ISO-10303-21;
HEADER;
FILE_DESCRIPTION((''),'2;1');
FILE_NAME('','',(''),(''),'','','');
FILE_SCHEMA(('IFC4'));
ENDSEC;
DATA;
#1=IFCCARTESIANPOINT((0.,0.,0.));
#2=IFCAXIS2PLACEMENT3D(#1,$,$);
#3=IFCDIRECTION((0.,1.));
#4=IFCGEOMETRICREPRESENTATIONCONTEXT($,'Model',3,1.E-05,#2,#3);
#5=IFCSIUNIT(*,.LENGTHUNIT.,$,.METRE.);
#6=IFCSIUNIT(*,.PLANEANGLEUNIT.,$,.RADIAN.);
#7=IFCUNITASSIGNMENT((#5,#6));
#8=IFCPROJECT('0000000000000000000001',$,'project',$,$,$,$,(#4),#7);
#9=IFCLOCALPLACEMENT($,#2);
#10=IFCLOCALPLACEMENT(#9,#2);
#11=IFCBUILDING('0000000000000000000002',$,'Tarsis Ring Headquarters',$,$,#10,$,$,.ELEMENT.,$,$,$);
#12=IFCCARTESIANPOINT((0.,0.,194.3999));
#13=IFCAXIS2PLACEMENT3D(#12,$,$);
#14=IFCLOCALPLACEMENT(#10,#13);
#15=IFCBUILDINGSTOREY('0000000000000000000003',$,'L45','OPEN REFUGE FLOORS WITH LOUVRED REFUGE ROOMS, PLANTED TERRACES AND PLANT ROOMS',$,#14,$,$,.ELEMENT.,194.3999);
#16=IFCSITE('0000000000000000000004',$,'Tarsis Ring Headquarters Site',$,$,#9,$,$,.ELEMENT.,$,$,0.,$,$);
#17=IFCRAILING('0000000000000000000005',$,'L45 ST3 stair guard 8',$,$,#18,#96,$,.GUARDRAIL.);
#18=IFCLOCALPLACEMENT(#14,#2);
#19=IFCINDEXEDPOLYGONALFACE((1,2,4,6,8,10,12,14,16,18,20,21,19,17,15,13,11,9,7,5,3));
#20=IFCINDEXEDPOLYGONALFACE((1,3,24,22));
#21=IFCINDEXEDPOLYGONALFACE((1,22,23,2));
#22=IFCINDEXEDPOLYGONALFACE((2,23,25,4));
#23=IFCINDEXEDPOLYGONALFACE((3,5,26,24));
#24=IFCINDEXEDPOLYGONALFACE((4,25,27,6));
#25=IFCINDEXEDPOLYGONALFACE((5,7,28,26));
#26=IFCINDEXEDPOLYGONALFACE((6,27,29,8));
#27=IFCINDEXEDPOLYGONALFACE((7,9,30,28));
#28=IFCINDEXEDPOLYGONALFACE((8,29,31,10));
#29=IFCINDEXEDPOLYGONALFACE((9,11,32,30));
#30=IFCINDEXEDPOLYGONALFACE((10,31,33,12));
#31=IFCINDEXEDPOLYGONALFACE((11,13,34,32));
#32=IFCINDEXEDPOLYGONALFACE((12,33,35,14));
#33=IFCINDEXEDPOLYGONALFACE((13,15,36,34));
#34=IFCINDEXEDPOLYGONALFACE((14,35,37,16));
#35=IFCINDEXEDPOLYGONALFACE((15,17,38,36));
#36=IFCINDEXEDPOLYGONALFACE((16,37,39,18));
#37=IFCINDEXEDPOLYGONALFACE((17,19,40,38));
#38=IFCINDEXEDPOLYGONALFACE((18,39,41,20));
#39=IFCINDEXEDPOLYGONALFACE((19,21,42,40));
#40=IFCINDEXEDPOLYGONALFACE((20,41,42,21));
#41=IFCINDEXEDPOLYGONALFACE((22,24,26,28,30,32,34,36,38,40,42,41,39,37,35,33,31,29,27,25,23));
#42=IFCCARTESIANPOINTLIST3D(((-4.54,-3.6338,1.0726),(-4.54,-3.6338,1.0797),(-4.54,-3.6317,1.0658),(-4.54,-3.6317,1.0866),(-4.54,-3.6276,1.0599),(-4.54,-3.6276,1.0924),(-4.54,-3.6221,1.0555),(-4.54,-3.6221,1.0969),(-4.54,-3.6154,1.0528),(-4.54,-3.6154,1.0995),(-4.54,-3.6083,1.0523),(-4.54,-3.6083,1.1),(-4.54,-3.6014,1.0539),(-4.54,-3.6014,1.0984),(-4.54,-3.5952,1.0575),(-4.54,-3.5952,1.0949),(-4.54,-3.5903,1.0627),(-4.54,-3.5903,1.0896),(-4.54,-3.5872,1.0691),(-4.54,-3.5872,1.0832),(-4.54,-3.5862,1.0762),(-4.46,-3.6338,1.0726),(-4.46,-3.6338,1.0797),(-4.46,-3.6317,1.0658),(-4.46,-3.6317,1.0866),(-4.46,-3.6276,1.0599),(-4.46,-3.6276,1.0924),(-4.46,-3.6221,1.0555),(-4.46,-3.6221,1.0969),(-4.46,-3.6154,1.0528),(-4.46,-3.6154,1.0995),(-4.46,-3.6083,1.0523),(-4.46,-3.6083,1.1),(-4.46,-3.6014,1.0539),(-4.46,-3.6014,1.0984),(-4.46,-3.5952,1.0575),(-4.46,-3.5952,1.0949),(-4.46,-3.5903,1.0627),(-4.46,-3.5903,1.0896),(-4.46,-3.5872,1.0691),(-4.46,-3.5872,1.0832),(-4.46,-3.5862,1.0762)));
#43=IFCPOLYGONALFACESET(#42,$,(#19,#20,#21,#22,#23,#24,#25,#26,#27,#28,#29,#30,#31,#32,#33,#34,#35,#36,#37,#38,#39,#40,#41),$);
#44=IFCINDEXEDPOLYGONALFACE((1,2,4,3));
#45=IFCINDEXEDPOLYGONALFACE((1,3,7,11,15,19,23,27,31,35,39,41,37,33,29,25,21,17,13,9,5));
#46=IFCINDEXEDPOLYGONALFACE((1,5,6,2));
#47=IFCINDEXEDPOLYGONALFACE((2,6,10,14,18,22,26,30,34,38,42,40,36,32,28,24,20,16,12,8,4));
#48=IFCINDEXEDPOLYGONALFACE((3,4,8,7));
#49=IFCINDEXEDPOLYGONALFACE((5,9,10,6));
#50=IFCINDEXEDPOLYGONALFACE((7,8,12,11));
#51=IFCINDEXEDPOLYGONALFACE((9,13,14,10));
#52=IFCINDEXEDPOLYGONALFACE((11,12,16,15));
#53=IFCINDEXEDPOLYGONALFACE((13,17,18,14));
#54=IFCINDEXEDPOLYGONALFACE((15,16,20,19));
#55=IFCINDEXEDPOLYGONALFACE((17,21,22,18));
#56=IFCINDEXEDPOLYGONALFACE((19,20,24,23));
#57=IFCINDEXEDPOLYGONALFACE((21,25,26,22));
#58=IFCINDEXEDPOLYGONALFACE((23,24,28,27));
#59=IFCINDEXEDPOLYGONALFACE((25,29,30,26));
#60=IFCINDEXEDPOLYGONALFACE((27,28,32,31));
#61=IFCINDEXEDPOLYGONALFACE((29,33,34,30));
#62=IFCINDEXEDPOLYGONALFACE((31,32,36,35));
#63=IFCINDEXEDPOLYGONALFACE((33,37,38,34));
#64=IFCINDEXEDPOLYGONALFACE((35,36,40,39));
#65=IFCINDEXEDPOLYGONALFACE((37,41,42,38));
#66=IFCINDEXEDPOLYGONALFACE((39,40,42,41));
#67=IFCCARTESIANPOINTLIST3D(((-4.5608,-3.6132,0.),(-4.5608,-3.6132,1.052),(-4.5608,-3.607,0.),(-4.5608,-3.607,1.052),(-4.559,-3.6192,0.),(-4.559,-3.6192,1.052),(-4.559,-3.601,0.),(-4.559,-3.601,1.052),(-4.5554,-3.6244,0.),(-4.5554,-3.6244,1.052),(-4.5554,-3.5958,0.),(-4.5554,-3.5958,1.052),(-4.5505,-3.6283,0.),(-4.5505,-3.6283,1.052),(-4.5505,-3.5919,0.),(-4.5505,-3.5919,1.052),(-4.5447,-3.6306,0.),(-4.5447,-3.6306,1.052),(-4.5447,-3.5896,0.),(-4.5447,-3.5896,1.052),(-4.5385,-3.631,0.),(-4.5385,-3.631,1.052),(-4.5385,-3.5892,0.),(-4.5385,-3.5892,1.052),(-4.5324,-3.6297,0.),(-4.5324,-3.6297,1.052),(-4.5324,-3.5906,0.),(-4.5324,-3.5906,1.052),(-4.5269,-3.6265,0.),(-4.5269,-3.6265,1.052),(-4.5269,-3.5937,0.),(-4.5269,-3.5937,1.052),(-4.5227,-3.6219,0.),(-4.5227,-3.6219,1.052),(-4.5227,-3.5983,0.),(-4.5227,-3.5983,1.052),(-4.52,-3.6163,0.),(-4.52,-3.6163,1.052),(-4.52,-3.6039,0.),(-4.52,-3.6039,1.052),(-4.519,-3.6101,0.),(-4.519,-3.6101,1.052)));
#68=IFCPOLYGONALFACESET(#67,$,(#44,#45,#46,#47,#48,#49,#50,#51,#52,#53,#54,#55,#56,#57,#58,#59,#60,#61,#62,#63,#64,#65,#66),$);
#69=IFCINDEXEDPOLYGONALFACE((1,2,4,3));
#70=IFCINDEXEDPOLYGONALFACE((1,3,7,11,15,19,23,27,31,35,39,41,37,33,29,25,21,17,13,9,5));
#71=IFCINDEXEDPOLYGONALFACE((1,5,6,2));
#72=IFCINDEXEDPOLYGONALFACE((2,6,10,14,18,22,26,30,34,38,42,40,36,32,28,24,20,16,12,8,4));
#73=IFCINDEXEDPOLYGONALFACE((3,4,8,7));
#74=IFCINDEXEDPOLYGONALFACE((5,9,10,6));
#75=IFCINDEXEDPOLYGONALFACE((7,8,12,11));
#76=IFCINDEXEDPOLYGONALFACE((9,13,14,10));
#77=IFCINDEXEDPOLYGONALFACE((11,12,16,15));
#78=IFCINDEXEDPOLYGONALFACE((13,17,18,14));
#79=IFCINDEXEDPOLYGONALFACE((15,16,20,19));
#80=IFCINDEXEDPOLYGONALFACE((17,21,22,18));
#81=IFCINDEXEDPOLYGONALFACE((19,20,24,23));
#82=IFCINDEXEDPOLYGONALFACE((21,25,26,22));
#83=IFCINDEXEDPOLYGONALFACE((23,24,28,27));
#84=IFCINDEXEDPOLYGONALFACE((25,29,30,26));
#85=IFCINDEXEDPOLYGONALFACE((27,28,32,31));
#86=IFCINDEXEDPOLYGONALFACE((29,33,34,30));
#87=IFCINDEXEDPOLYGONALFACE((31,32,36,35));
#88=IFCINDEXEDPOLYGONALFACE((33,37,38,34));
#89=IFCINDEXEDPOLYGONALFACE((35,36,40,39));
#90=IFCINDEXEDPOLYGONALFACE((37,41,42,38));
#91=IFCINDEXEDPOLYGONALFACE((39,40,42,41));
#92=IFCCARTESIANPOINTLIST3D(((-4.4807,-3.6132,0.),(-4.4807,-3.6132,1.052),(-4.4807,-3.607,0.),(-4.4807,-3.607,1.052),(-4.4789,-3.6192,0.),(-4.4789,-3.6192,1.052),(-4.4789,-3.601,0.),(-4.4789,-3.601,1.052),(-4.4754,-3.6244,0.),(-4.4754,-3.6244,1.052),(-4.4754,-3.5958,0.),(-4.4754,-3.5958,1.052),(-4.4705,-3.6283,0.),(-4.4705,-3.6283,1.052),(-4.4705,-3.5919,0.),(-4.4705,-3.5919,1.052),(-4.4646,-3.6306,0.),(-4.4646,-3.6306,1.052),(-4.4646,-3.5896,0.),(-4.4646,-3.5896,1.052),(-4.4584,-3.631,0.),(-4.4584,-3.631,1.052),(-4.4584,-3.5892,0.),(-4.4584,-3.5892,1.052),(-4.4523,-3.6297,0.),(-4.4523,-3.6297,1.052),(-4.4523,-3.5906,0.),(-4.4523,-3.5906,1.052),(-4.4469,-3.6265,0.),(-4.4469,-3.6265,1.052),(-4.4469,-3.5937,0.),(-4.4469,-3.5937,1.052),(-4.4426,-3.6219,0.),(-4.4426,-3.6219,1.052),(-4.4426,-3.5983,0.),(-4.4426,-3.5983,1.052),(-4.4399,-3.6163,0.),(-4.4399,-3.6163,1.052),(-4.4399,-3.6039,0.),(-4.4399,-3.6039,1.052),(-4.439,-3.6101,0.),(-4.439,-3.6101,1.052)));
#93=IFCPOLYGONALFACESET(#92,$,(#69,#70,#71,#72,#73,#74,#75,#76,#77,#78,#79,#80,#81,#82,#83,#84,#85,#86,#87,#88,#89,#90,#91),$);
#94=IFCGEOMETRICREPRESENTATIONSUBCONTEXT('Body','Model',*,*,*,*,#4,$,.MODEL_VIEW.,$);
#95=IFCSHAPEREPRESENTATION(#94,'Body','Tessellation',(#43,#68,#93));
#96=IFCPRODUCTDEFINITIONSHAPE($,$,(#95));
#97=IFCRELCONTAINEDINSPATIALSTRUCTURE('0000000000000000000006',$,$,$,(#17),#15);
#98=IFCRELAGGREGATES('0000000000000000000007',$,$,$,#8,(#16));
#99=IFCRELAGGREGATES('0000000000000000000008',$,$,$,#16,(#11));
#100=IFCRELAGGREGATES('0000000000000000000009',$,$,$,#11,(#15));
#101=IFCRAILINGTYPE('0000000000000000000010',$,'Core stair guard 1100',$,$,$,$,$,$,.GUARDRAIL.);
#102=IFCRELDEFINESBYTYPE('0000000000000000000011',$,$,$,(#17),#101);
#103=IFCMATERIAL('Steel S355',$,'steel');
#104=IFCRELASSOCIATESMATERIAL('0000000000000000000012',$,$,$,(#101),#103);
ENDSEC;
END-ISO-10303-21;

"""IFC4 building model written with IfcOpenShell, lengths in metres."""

from ifc_helpers import new_model, si_unit, direction, frame, origin, origin_2d, place, context, subcontext, project, spatial, circle, extrude, material, type_object, element, save


model = new_model("IFC4")

# Units and contexts
model_context = context("Model", 3, precision=1e-05, world=origin(), true_north=direction((0.0, 1.0)))
body_context = subcontext(model_context, "Body", "Model", "MODEL_VIEW")
ifc_project = project(units=[si_unit("LENGTHUNIT", "METRE"), si_unit("PLANEANGLEUNIT", "RADIAN")], contexts=[model_context])

# Site, building, storey
site_placement = place(None, origin())
site = spatial("IfcSite", under=ifc_project, at=site_placement, Name="Tarsis Ring Headquarters Site", CompositionType="ELEMENT", RefElevation=0.0)
building_placement = place(site_placement, origin())
building = spatial("IfcBuilding", under=site, at=building_placement, Name="Tarsis Ring Headquarters", CompositionType="ELEMENT")
storey_placement = place(building_placement, frame((0.0, 0.0, 194.3999)))
storey = spatial("IfcBuildingStorey", under=building, at=storey_placement, Name="L45", Description="OPEN REFUGE FLOORS WITH LOUVRED REFUGE ROOMS, PLANTED TERRACES AND PLANT ROOMS", CompositionType="ELEMENT", Elevation=194.3999)

# Railing
ifc_material_1 = material(Name="Steel S355", Category="steel")
railing_type_1 = type_object("IfcRailingType", Name="Core stair guard 1100", PredefinedType="GUARDRAIL", material=ifc_material_1)
railing_1_placement = place(storey_placement, frame((-4.54, -3.6101, 0.0)))
element("IfcRailing", 1, at=railing_1_placement, inside=storey, type_object=railing_type_1, Name="L45 ST3 stair guard 8", PredefinedType="GUARDRAIL", context=body_context, shape_type="SweptSolid", body=[
    extrude(circle(Radius=0.0239, at=origin_2d()), frame((0.0, 0.0, 1.0762), z_axis=(1.0, 0.0, 0.0), x_axis=(0.0, 1.0, 0.0)), (0.0, 0.0, 1.0), 0.0801),
    extrude(circle(Radius=0.021, at=origin_2d()), origin(), (0.0, 0.0, 1.0), 1.052),
    extrude(circle(Radius=0.021, at=origin_2d()), frame((0.0801, 0.0, 0.0)), (0.0, 0.0, 1.0), 1.052),
])

save(model, "model.ifc")
